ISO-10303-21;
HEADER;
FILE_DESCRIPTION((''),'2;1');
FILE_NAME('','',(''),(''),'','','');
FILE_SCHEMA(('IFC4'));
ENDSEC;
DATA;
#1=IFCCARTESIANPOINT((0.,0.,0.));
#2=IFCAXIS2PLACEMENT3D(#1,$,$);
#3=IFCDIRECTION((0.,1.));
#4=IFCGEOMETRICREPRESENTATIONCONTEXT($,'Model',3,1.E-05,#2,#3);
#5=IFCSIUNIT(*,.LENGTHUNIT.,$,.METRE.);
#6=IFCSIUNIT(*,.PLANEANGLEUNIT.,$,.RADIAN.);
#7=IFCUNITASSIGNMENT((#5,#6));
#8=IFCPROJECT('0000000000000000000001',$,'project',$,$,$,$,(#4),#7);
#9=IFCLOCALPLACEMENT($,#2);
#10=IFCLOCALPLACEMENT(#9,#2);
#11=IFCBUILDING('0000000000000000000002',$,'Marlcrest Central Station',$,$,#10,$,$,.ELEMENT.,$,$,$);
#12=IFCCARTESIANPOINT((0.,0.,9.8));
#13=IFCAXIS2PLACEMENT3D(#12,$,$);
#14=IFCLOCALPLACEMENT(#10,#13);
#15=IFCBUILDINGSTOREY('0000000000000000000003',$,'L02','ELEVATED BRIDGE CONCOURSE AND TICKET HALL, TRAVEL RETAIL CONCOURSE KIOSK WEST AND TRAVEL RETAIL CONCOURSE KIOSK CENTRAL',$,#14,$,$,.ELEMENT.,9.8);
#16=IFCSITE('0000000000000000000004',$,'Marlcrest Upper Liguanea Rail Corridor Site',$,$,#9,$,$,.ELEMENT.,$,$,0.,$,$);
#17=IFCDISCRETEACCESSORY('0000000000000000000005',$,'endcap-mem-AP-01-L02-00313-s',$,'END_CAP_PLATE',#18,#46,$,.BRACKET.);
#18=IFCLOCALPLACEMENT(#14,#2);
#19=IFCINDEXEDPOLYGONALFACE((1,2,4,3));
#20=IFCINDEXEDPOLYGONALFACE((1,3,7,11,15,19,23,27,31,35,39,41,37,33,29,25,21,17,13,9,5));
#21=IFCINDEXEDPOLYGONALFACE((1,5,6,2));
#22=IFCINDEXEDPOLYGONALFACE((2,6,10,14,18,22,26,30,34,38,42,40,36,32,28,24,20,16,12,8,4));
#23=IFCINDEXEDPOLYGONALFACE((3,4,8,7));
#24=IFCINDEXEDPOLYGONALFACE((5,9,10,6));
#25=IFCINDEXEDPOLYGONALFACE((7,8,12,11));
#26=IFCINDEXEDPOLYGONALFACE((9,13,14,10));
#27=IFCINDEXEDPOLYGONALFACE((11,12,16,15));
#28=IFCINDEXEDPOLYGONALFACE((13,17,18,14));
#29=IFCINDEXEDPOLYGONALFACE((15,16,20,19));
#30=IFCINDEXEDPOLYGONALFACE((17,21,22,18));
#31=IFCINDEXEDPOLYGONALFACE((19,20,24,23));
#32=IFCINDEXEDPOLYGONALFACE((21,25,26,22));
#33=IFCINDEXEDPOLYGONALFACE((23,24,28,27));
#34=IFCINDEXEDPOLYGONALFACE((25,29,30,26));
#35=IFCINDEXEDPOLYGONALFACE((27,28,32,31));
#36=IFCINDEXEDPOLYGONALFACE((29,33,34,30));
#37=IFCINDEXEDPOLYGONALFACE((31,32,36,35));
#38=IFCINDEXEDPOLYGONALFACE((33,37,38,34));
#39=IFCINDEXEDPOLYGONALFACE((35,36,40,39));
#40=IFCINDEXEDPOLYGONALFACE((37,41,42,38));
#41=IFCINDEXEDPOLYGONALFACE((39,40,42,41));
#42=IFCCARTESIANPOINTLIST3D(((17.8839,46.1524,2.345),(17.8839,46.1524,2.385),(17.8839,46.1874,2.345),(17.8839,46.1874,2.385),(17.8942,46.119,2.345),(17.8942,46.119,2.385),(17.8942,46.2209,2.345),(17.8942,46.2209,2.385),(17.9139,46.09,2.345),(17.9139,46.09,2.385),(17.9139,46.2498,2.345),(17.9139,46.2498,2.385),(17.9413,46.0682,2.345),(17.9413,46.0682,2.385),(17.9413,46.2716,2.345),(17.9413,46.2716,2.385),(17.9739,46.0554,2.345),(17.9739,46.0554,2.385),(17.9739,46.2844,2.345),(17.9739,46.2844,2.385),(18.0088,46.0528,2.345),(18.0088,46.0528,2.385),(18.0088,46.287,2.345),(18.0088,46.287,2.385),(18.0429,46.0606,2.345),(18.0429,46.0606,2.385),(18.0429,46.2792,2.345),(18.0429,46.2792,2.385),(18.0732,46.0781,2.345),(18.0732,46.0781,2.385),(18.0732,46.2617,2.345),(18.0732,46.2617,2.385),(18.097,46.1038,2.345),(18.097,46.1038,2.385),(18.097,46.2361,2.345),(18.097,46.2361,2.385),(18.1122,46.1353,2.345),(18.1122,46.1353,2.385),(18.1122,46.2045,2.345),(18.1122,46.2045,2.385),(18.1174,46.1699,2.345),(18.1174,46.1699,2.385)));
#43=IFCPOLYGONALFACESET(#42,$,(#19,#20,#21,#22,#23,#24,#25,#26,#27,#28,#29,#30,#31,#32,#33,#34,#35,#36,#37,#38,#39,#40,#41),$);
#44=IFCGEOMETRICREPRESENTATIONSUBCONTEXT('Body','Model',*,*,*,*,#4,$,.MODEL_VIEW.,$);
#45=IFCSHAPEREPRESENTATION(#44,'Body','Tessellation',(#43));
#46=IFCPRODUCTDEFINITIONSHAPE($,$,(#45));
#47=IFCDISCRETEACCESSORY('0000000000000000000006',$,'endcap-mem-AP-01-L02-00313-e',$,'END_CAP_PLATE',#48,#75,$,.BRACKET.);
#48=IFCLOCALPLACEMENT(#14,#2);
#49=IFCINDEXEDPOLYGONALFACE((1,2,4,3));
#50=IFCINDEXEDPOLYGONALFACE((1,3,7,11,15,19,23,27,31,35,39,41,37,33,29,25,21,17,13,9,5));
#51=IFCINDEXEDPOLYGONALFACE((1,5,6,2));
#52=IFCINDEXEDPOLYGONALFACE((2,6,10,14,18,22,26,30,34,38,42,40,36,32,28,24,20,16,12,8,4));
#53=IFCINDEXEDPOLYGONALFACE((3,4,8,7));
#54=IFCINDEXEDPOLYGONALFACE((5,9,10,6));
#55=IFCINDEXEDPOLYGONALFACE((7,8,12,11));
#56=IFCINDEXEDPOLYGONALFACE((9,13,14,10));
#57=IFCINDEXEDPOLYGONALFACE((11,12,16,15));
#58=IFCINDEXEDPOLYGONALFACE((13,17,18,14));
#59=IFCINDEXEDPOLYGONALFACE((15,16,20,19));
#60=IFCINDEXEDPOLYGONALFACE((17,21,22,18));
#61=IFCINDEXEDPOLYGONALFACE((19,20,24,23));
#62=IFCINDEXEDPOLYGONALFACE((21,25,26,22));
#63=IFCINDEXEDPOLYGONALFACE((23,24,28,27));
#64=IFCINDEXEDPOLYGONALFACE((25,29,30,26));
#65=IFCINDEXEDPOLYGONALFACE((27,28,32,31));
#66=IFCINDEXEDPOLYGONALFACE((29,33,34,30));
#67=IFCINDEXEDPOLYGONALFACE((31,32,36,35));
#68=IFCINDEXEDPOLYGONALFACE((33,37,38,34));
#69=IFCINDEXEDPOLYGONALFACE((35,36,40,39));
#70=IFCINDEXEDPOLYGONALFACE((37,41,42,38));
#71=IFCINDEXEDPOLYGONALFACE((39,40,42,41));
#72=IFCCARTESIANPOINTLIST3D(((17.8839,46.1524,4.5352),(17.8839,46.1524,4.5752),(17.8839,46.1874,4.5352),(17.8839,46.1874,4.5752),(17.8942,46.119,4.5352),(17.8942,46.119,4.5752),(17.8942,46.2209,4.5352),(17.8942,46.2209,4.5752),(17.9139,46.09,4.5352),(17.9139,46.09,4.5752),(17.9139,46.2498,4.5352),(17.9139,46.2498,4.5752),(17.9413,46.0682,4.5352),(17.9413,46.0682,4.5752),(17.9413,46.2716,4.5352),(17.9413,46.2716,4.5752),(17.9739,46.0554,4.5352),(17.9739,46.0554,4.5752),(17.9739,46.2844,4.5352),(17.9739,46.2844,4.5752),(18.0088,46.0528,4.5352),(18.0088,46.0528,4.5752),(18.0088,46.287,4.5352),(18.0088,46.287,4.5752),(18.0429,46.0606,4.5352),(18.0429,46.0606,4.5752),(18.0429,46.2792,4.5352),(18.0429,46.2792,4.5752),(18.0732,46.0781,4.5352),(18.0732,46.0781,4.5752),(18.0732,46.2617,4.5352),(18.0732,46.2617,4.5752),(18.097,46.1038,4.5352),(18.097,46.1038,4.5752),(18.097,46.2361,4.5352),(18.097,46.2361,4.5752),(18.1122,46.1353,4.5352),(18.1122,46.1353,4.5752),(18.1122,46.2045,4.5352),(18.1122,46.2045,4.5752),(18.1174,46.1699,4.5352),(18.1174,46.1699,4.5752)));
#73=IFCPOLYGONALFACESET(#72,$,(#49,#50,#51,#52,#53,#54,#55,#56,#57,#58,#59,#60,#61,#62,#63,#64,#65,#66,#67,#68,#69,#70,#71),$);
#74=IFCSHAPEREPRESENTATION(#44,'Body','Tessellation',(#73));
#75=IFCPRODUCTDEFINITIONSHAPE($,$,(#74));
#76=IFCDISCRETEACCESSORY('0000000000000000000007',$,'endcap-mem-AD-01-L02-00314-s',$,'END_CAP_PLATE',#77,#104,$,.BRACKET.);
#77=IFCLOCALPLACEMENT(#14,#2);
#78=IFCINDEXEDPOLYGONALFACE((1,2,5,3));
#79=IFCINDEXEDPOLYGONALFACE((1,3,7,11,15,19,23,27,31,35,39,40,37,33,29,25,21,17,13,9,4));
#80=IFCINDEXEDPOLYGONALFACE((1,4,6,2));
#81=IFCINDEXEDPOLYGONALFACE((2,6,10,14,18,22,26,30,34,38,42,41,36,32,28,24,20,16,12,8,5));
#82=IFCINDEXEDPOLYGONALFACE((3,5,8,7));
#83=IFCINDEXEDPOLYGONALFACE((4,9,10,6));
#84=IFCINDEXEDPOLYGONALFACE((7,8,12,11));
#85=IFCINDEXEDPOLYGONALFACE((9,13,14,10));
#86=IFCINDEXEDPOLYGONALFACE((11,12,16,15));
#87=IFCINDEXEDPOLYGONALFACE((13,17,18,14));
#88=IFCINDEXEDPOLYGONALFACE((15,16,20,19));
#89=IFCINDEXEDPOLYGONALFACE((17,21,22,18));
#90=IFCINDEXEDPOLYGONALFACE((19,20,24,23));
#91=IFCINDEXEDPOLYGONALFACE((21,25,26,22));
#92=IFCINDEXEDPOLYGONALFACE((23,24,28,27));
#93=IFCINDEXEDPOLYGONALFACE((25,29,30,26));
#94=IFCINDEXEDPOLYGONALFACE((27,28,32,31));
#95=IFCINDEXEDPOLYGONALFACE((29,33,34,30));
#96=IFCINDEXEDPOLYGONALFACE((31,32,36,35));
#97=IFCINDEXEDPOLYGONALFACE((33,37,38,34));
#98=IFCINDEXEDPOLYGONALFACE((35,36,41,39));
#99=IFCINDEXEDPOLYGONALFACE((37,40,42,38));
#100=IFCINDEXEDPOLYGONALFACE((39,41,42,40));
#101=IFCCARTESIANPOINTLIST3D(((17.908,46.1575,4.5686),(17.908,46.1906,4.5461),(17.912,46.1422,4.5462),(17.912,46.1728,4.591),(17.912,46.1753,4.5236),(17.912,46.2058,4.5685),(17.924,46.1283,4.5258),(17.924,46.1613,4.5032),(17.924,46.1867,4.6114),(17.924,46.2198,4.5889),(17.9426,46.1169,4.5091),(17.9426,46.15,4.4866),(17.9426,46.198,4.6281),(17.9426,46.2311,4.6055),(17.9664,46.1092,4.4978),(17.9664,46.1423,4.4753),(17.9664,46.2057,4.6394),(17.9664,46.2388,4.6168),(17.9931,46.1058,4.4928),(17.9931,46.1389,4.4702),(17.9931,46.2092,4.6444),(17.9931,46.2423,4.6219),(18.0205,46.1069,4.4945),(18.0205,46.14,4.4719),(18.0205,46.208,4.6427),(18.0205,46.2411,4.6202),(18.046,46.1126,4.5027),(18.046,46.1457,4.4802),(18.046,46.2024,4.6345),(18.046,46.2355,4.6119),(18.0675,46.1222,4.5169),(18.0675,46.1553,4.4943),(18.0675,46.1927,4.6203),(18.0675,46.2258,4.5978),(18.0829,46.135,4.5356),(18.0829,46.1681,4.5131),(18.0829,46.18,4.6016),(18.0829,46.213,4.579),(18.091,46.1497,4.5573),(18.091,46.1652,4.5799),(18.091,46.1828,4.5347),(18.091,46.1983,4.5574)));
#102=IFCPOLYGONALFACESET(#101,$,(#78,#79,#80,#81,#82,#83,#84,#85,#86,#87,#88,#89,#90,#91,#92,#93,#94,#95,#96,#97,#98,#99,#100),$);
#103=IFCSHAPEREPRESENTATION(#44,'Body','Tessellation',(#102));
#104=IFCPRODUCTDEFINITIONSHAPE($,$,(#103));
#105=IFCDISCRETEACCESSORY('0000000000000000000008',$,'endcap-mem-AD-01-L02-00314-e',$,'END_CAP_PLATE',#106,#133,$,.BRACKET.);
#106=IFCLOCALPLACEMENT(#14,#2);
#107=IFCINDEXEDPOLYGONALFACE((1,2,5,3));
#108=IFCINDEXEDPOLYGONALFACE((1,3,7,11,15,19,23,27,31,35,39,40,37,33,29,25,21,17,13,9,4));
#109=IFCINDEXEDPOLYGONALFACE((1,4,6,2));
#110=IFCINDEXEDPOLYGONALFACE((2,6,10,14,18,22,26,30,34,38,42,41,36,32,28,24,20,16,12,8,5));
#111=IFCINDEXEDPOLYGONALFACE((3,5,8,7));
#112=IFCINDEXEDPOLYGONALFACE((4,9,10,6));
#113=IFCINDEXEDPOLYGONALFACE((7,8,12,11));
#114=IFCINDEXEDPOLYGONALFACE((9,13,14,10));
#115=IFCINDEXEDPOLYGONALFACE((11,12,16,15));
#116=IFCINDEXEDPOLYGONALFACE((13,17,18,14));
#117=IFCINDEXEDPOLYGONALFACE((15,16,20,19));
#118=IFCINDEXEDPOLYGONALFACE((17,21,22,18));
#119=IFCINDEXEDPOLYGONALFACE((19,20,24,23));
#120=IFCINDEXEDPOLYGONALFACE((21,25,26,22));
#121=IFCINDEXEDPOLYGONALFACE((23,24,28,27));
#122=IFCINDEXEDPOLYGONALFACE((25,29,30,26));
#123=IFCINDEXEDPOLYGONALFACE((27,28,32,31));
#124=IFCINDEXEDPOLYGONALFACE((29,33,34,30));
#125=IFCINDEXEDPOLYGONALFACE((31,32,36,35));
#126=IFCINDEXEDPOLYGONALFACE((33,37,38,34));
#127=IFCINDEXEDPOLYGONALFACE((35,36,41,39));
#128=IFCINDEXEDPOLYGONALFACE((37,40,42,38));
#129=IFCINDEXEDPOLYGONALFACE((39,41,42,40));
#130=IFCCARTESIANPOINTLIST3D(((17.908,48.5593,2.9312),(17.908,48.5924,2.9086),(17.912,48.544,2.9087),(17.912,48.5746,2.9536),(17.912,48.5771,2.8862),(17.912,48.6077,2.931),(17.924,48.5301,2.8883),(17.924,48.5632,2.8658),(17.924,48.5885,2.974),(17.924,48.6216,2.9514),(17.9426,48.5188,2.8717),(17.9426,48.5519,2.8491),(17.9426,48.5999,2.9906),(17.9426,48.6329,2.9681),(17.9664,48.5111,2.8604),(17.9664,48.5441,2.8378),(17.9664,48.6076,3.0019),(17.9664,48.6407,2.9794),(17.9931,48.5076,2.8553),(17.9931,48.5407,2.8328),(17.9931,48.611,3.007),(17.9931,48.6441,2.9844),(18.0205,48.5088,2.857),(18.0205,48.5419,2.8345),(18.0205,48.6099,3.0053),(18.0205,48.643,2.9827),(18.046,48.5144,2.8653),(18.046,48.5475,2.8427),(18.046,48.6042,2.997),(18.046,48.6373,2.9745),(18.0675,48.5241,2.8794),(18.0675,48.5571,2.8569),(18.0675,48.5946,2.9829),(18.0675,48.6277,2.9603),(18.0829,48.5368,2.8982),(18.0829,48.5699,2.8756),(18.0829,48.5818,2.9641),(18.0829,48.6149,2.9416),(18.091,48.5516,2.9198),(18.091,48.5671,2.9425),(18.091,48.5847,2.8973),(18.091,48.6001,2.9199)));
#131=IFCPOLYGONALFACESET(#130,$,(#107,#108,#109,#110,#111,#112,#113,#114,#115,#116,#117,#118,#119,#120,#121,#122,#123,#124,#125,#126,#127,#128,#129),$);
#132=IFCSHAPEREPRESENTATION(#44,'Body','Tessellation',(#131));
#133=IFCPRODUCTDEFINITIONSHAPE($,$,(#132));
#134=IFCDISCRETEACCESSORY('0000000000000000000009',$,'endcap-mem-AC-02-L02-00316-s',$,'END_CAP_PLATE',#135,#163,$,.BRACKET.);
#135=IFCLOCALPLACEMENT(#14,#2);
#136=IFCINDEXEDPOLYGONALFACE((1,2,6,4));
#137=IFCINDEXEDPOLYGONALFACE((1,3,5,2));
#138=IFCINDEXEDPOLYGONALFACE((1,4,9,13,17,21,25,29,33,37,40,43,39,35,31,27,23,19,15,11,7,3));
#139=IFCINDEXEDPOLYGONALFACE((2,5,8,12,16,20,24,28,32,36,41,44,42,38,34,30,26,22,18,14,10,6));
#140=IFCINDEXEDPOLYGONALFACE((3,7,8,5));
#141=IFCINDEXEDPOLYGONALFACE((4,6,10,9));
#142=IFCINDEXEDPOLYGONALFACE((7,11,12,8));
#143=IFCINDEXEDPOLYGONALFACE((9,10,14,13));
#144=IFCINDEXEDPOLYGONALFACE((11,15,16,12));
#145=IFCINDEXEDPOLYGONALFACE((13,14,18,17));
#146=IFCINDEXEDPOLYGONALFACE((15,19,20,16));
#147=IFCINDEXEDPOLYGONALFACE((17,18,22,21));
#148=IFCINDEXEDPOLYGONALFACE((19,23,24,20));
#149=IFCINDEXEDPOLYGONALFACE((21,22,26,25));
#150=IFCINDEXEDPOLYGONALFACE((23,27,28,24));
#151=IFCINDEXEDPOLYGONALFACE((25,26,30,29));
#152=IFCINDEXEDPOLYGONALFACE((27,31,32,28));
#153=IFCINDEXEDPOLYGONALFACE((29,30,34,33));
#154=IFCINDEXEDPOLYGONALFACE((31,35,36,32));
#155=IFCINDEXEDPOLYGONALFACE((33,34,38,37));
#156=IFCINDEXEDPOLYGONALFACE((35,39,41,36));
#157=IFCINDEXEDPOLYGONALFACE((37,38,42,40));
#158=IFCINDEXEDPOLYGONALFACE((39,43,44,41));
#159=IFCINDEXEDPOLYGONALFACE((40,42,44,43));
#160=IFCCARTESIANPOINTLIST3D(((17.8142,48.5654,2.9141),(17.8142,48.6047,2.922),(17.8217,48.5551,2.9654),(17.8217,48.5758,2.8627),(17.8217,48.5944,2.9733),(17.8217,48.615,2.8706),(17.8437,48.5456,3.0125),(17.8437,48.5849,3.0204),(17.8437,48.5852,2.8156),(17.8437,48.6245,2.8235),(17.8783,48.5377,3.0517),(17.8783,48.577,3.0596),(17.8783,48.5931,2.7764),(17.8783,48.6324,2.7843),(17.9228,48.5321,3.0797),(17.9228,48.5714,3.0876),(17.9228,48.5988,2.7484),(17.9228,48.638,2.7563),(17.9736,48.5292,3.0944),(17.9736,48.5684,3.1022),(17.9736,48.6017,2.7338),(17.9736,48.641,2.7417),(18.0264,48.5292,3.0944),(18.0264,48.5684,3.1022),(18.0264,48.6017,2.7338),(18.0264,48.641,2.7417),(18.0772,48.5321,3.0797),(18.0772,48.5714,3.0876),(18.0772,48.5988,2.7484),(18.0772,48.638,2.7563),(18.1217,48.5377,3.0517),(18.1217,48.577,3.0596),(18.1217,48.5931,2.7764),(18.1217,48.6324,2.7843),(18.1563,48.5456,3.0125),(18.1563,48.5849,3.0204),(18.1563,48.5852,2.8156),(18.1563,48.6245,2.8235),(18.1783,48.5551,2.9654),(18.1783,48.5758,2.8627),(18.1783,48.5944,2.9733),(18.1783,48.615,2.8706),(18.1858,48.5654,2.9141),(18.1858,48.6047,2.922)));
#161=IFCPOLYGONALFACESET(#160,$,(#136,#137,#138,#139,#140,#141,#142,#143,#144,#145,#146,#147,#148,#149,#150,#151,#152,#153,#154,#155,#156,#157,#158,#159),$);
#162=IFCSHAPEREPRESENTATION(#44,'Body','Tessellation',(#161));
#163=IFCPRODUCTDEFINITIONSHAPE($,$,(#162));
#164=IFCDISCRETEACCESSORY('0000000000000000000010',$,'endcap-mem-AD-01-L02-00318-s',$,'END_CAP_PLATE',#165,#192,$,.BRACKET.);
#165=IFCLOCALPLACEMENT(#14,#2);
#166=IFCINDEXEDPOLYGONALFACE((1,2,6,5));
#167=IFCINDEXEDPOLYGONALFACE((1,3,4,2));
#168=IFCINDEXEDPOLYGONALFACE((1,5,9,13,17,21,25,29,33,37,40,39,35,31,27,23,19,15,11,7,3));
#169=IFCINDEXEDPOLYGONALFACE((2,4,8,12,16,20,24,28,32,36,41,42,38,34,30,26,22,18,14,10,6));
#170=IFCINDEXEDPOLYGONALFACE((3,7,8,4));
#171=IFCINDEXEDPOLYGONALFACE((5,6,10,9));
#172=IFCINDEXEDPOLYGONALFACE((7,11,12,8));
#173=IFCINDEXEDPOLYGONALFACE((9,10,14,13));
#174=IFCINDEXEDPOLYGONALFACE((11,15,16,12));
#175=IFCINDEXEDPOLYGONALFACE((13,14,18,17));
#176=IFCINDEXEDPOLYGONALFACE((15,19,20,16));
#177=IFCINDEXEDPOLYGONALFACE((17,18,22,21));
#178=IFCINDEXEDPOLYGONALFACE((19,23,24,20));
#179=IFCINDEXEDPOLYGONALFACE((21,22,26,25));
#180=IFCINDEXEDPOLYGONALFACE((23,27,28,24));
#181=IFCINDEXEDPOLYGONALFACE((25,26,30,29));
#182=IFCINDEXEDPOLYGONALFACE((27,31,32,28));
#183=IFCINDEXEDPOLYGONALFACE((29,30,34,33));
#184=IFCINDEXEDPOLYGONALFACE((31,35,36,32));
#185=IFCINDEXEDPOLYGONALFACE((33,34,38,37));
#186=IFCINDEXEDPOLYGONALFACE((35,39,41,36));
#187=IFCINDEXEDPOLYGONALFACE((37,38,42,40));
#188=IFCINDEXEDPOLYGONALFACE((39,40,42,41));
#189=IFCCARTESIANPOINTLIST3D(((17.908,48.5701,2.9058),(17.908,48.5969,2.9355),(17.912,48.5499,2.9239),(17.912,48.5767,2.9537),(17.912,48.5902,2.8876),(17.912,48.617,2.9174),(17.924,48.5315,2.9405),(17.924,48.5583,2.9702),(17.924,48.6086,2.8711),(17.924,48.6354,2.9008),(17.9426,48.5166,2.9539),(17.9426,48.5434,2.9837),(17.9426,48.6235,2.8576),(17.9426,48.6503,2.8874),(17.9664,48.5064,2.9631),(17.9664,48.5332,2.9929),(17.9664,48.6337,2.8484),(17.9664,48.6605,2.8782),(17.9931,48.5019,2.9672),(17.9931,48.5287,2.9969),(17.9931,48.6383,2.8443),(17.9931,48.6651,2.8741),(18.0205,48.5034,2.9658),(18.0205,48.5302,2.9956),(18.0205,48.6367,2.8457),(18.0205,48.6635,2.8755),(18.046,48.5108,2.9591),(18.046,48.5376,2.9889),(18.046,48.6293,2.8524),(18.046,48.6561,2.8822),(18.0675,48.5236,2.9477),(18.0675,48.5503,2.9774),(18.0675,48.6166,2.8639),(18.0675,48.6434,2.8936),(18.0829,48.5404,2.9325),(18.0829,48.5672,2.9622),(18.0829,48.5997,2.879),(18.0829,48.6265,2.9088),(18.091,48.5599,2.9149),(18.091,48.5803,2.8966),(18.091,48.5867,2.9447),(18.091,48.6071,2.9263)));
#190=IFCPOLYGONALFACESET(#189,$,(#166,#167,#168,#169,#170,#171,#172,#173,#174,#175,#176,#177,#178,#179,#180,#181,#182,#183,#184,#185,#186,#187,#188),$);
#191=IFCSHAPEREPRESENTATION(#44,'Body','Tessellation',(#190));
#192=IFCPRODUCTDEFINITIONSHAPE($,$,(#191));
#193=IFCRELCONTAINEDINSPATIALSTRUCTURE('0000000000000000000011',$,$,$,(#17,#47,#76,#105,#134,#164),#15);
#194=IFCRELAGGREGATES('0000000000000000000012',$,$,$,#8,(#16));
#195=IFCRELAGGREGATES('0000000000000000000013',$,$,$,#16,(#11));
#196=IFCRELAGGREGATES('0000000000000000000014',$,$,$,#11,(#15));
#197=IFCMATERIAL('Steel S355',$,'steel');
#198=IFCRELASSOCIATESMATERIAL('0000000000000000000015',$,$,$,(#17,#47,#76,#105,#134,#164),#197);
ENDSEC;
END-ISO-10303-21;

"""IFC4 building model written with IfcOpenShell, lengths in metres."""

from ifc_helpers import new_model, si_unit, direction, frame, origin, origin_2d, place, context, subcontext, project, spatial, circle, extrude, material, element, save


model = new_model("IFC4")

# Units and contexts
model_context = context("Model", 3, precision=1e-05, world=origin(), true_north=direction((0.0, 1.0)))
body_context = subcontext(model_context, "Body", "Model", "MODEL_VIEW")
ifc_project = project(units=[si_unit("LENGTHUNIT", "METRE"), si_unit("PLANEANGLEUNIT", "RADIAN")], contexts=[model_context])

# Site, building, storey
site_placement = place(None, origin())
site = spatial("IfcSite", under=ifc_project, at=site_placement, Name="Marlcrest Upper Liguanea Rail Corridor Site", CompositionType="ELEMENT", RefElevation=0.0)
building_placement = place(site_placement, origin())
building = spatial("IfcBuilding", under=site, at=building_placement, Name="Marlcrest Central Station", CompositionType="ELEMENT")
storey_placement = place(building_placement, frame((0.0, 0.0, 9.8)))
storey = spatial("IfcBuildingStorey", under=building, at=storey_placement, Name="L02", Description="ELEVATED BRIDGE CONCOURSE AND TICKET HALL, TRAVEL RETAIL CONCOURSE KIOSK WEST AND TRAVEL RETAIL CONCOURSE KIOSK CENTRAL", CompositionType="ELEMENT", Elevation=9.8)

# Shared definitions
ifc_material_1 = material(Name="Steel S355", Category="steel")

# Discrete accessories
for number, where, z_axis, x_axis, name in (
    (1, (18.0, 46.1699, 2.345), (0.0, 0.0, 1.0), (1.0, 0.0, 0.0), "endcap-mem-AP-01-L02-00313-s"),
    (2, (18.0, 46.1699, 4.5352), (0.0, 0.0, 1.0), (1.0, 0.0, 0.0), "endcap-mem-AP-01-L02-00313-e"),
):
    element("IfcDiscreteAccessory", number, at=place(storey_placement, frame(where, z_axis=z_axis, x_axis=x_axis)), inside=storey, material=ifc_material_1, Name=name, ObjectType="END_CAP_PLATE", PredefinedType="BRACKET", context=body_context, shape_type="SweptSolid", body=[
        extrude(circle(Radius=0.1174, at=origin_2d()), origin(), (0.0, 0.0, 1.0), 0.04),
    ])
for number, where, z_axis, x_axis, name in (
    (3, (18.0, 46.1575, 4.5686), (0.0, 0.826263, -0.563285), (-1.0, 0.0, 0.0), "endcap-mem-AD-01-L02-00314-s"),
    (4, (18.0, 48.5593, 2.9312), (0.0, 0.826263, -0.563285), (-1.0, 0.0, 0.0), "endcap-mem-AD-01-L02-00314-e"),
):
    element("IfcDiscreteAccessory", number, at=place(storey_placement, frame(where, z_axis=z_axis, x_axis=x_axis)), inside=storey, material=ifc_material_1, Name=name, ObjectType="END_CAP_PLATE", PredefinedType="BRACKET", context=body_context, shape_type="SweptSolid", body=[
        extrude(circle(Radius=0.092, at=origin_2d()), origin(), (0.0, 0.0, 1.0), 0.04),
    ])
discrete_accessory_1_placement = place(storey_placement, frame((18.0, 48.5654, 2.9141), z_axis=(0.0, 0.980359, 0.197219), x_axis=(-1.0, 0.0, 0.0)))
element("IfcDiscreteAccessory", 5, at=discrete_accessory_1_placement, inside=storey, material=ifc_material_1, Name="endcap-mem-AC-02-L02-00316-s", ObjectType="END_CAP_PLATE", PredefinedType="BRACKET", context=body_context, shape_type="SweptSolid", body=[
    extrude(circle(Radius=0.1858, at=origin_2d()), origin(), (0.0, 0.0, 1.0), 0.04),
])
discrete_accessory_2_placement = place(storey_placement, frame((18.0, 48.5701, 2.9058), z_axis=(0.0, 0.669244, 0.743042), x_axis=(-1.0, 0.0, 0.0)))
element("IfcDiscreteAccessory", 6, at=discrete_accessory_2_placement, inside=storey, material=ifc_material_1, Name="endcap-mem-AD-01-L02-00318-s", ObjectType="END_CAP_PLATE", PredefinedType="BRACKET", context=body_context, shape_type="SweptSolid", body=[
    extrude(circle(Radius=0.092, at=origin_2d()), origin(), (0.0, 0.0, 1.0), 0.04),
])

save(model, "model.ifc")
